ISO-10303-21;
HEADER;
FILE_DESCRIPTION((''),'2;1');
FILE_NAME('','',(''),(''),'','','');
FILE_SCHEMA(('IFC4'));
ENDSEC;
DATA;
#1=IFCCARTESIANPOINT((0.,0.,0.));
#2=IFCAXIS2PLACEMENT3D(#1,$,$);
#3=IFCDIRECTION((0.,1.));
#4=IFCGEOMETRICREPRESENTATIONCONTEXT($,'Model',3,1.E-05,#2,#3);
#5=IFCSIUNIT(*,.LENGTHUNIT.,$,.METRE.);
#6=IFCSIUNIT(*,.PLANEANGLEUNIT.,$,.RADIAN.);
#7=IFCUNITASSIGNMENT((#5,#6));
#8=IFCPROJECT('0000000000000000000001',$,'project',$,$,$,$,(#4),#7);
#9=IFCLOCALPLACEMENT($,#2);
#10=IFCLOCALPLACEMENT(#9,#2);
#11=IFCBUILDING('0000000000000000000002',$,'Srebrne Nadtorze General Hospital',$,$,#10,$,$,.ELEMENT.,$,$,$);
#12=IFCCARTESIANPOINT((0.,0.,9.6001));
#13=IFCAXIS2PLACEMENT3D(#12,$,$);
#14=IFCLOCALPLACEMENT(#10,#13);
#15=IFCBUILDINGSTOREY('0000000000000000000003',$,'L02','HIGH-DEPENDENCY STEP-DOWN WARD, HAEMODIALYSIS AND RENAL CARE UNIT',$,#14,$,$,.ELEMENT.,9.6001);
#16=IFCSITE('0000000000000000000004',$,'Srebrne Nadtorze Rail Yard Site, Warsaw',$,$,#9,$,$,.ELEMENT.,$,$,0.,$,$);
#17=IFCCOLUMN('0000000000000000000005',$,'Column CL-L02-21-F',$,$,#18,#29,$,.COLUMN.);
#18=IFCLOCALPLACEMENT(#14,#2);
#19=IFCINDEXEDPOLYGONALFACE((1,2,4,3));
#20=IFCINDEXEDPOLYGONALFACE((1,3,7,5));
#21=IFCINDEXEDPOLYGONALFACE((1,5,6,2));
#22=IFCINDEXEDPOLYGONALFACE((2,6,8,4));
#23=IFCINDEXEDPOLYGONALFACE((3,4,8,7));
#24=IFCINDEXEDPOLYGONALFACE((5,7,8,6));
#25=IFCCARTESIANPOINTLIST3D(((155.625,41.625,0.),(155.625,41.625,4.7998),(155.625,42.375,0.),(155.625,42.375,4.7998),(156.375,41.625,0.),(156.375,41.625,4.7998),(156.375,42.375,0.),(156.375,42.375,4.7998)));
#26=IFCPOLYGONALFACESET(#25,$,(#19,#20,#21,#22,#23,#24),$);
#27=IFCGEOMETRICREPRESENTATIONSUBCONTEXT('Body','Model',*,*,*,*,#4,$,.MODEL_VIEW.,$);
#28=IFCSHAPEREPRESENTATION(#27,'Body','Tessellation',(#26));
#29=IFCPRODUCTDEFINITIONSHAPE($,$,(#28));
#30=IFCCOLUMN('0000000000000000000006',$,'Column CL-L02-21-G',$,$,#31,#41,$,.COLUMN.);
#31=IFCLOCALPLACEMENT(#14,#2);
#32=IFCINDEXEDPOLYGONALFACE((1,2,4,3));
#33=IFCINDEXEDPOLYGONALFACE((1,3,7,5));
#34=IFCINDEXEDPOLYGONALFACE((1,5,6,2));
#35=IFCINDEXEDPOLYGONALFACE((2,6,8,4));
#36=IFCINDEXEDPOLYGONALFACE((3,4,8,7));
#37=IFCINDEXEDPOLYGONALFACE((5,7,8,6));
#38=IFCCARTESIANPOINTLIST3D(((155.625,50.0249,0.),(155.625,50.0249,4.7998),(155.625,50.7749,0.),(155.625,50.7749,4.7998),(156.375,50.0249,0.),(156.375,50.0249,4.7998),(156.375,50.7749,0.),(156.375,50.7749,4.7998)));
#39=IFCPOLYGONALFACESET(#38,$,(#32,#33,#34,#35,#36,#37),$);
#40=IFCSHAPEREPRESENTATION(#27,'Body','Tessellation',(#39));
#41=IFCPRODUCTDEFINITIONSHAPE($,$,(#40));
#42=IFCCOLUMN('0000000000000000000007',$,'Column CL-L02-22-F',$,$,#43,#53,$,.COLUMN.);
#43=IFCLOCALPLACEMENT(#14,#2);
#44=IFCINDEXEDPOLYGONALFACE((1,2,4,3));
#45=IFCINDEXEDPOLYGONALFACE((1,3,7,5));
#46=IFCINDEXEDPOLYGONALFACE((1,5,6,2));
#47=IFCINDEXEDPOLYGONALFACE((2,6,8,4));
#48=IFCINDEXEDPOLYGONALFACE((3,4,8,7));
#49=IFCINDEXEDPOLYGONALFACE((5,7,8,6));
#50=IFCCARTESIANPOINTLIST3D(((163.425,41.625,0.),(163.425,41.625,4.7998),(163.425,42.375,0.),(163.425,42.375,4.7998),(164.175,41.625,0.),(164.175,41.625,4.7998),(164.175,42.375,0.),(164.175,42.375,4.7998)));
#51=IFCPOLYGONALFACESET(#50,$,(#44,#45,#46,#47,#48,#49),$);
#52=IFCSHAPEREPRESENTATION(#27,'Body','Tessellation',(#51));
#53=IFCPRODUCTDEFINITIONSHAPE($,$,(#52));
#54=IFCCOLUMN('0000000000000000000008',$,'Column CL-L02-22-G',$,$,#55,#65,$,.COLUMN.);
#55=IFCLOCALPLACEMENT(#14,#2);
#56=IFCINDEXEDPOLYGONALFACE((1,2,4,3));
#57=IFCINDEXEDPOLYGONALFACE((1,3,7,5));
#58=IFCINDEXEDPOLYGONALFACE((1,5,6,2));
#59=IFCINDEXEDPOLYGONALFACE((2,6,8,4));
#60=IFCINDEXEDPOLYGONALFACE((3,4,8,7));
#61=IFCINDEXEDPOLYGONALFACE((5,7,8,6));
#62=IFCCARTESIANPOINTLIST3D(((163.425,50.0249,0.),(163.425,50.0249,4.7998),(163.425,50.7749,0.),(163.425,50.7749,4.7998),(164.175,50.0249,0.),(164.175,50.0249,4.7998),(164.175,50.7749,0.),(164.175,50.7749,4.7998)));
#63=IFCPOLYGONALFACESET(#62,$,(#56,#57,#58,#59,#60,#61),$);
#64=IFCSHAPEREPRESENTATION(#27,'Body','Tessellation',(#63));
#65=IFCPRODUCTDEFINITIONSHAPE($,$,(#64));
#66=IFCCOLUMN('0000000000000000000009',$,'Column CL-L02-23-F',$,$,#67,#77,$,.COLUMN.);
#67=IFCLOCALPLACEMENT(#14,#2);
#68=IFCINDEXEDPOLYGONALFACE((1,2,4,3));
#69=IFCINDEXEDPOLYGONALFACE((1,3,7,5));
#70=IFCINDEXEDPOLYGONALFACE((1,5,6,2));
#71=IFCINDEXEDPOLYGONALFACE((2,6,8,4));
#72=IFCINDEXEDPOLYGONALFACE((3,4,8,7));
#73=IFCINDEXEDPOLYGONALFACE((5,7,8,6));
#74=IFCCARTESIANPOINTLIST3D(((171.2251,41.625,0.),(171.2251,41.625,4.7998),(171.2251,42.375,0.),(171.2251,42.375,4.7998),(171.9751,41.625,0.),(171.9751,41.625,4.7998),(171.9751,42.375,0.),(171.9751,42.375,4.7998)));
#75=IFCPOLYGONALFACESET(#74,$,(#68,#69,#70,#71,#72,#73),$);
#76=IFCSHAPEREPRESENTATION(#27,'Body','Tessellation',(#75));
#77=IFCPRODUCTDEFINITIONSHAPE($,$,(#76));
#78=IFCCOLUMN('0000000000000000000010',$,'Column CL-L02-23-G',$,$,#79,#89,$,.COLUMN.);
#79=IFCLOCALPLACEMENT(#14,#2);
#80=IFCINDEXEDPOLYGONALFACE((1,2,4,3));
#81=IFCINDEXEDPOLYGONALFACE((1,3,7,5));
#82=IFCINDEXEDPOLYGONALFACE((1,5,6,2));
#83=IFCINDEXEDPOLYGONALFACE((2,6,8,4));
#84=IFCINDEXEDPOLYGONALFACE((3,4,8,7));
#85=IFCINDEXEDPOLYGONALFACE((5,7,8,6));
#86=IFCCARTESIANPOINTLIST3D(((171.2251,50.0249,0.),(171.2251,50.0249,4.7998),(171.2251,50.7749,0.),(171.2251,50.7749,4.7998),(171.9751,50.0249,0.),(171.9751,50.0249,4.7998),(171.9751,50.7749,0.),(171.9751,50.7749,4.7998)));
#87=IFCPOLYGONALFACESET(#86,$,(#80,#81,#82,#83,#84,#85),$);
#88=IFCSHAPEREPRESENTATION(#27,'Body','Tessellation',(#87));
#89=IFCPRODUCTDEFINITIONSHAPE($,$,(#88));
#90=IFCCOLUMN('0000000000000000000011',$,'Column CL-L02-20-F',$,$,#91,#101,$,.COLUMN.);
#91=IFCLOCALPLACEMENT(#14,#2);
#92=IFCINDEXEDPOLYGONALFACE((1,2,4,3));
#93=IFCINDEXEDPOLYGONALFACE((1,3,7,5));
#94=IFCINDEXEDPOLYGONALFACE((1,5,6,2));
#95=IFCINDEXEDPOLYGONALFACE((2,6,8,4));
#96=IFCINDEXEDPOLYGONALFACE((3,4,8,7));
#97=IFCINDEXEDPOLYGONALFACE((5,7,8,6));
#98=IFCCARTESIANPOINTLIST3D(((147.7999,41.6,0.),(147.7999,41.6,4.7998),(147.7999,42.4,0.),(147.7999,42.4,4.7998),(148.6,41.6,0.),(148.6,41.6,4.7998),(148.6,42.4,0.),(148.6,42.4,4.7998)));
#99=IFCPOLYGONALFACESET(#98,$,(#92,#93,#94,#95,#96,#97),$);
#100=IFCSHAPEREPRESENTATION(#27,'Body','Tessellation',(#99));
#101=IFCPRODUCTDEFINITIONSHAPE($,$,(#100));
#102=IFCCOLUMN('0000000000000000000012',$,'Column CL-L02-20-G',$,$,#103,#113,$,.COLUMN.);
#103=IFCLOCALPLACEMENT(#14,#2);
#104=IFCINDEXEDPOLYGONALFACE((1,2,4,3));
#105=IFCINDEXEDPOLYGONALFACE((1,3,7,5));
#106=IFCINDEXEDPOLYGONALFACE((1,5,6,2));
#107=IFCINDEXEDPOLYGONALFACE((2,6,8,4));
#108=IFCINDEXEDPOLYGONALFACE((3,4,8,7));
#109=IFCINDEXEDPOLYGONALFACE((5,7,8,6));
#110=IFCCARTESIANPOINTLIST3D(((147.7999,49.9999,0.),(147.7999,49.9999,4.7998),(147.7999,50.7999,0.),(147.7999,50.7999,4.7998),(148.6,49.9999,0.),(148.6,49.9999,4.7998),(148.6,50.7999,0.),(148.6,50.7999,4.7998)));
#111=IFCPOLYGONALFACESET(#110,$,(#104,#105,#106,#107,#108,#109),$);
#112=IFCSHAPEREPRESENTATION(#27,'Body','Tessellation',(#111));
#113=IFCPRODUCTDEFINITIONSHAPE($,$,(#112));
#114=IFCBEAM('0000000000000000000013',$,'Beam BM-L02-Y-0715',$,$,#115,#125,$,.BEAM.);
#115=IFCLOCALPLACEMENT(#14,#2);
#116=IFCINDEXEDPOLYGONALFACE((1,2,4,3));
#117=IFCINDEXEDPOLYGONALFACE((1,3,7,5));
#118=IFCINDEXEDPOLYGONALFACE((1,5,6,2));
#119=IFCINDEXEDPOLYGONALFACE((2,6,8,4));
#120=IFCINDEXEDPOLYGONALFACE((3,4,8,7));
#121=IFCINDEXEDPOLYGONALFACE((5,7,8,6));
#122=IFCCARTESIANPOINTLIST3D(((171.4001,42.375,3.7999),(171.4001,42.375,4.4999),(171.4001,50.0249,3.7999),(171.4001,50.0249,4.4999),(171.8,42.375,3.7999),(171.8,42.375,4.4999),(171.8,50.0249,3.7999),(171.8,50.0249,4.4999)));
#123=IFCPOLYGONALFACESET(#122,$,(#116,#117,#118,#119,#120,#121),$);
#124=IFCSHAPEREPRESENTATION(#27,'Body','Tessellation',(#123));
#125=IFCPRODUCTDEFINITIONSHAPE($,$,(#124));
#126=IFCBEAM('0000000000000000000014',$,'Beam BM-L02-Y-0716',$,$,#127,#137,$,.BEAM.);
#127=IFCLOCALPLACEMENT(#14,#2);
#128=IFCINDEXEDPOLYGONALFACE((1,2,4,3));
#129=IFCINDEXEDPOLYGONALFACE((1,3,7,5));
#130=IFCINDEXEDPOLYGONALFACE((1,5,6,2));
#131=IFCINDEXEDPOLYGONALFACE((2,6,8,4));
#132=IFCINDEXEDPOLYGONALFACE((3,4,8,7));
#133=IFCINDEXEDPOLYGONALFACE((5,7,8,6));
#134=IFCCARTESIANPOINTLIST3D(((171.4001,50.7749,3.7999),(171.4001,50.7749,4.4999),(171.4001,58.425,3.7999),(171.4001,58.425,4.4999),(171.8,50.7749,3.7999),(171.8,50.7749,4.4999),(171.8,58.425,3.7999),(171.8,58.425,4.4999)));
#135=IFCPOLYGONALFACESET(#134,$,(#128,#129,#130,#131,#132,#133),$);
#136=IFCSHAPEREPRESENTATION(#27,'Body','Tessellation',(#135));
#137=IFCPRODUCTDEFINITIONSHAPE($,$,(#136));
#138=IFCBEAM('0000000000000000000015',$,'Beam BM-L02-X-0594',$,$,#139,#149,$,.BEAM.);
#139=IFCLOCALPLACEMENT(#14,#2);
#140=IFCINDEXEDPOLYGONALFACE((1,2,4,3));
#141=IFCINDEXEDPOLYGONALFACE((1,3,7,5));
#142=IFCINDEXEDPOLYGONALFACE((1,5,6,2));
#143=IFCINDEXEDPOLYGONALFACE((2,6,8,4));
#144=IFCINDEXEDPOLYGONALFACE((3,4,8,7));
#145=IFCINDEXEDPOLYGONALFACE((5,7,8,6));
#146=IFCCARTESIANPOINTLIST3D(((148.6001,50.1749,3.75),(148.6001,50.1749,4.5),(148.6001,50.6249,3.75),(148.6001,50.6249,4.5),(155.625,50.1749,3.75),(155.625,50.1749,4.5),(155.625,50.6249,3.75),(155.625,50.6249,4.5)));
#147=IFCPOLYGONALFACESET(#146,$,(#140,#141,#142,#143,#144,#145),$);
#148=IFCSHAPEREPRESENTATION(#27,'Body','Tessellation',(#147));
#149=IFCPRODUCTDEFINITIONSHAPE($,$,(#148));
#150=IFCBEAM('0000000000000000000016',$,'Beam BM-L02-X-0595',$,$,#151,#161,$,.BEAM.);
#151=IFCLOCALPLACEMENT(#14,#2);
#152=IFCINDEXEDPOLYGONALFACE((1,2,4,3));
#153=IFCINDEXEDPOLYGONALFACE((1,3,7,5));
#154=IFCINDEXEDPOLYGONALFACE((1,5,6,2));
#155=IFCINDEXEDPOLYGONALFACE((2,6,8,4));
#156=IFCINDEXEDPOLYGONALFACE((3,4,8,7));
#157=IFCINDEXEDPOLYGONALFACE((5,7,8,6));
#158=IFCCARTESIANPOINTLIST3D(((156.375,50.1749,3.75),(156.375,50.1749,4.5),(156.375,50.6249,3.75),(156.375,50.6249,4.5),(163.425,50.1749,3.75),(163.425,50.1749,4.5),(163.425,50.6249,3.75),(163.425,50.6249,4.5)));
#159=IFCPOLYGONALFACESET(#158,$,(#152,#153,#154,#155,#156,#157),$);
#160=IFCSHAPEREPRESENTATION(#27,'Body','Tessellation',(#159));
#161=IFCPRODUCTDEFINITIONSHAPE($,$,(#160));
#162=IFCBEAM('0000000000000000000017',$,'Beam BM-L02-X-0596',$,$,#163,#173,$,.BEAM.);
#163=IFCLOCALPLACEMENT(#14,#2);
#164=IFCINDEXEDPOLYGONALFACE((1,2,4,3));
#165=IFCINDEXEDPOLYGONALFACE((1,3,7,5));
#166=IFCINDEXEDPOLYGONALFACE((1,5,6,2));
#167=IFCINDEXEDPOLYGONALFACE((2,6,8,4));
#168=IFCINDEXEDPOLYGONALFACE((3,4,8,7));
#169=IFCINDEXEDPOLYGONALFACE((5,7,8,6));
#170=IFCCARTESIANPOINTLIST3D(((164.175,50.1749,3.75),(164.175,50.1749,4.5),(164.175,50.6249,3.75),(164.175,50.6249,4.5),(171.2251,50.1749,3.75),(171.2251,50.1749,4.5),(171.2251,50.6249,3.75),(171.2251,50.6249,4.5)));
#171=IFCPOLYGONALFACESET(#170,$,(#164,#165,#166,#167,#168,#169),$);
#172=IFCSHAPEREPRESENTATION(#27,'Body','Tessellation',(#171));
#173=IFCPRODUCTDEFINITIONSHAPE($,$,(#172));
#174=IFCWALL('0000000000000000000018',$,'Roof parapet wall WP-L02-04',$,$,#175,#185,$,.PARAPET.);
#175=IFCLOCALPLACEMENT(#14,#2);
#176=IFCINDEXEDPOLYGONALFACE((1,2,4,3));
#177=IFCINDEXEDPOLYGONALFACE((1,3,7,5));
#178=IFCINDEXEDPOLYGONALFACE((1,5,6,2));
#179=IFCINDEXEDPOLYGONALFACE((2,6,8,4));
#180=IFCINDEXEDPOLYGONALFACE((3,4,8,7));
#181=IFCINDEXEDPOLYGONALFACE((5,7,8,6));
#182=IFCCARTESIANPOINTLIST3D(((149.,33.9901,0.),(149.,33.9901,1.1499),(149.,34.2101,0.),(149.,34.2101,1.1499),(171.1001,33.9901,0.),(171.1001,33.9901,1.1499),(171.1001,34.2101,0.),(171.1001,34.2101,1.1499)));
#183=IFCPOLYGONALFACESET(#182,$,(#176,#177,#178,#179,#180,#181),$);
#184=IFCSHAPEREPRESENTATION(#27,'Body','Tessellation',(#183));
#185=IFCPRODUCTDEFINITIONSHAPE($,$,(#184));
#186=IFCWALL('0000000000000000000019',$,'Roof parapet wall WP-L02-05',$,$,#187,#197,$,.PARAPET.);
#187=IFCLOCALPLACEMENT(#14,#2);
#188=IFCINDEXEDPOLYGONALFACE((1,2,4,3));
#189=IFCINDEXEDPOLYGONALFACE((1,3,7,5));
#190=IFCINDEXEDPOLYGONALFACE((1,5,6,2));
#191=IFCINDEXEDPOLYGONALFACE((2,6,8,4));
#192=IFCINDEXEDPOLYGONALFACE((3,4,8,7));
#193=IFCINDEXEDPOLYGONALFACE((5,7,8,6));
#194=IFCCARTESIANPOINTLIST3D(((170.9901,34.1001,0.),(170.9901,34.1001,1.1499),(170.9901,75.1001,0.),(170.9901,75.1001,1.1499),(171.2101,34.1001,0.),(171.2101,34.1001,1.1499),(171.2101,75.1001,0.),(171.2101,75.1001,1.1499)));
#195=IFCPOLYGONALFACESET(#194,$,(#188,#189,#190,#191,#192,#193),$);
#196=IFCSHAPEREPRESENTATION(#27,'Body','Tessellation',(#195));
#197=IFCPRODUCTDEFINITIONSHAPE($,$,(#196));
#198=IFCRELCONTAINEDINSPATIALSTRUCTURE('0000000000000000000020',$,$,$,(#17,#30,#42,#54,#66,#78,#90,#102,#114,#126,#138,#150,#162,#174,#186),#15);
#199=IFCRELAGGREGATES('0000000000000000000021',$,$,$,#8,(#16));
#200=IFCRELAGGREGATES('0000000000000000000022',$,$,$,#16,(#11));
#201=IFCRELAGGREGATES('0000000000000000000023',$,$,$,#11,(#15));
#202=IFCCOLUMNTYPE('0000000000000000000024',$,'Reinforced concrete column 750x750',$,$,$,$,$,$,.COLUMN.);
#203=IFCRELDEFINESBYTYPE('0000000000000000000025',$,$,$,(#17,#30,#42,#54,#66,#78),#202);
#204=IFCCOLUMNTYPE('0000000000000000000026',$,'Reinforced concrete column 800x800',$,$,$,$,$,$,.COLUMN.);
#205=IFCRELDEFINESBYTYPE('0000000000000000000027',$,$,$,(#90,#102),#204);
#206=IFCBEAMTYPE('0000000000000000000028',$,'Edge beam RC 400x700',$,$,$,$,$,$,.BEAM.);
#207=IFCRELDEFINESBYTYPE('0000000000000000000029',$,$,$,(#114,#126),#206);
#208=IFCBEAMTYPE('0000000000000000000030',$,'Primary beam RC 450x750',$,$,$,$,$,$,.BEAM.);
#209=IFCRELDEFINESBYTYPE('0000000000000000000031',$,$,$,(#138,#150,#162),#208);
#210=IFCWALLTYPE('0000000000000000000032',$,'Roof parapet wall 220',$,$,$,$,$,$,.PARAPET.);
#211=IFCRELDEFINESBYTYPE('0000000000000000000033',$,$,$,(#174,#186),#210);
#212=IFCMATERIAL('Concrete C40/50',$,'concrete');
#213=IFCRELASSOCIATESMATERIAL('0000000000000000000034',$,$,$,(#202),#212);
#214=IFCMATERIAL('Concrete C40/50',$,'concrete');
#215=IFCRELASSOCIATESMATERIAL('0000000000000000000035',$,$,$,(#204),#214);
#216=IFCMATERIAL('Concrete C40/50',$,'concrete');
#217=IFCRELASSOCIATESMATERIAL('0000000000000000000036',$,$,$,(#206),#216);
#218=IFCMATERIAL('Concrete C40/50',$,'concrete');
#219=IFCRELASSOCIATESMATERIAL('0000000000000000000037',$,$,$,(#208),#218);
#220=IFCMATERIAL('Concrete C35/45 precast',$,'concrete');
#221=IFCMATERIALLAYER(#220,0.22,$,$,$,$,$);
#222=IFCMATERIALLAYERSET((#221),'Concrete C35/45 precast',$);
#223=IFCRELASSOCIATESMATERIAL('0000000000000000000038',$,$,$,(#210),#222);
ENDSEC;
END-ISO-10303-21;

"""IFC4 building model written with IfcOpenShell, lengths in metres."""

from ifc_helpers import new_model, si_unit, direction, frame, frame_2d, origin, origin_2d, place, context, subcontext, project, spatial, rectangle, extrude, material, layer, layer_set, material_profile, profile_set, type_object, element, save


model = new_model("IFC4")

# Units and contexts
model_context = context("Model", 3, precision=1e-05, world=origin(), true_north=direction((0.0, 1.0)))
body_context = subcontext(model_context, "Body", "Model", "MODEL_VIEW")
ifc_project = project(units=[si_unit("LENGTHUNIT", "METRE"), si_unit("PLANEANGLEUNIT", "RADIAN")], contexts=[model_context])

# Site, building, storey
site_placement = place(None, origin())
site = spatial("IfcSite", under=ifc_project, at=site_placement, Name="Srebrne Nadtorze Rail Yard Site, Warsaw", CompositionType="ELEMENT", RefElevation=0.0)
building_placement = place(site_placement, origin())
building = spatial("IfcBuilding", under=site, at=building_placement, Name="Srebrne Nadtorze General Hospital", CompositionType="ELEMENT")
storey_placement = place(building_placement, frame((0.0, 0.0, 9.6001)))
storey = spatial("IfcBuildingStorey", under=building, at=storey_placement, Name="L02", Description="HIGH-DEPENDENCY STEP-DOWN WARD, HAEMODIALYSIS AND RENAL CARE UNIT", CompositionType="ELEMENT", Elevation=9.6001)

# Columns
ifc_material_1 = material(Name="Concrete C40/50", Category="concrete")
ifc_material_profile_1 = material_profile(ifc_material_1, rectangle(XDim=0.75, YDim=0.75, at=origin_2d()), Name="RC-COL-750x750")
ifc_profile_set_1 = profile_set([ifc_material_profile_1], Name="Concrete C40/50")
column_type_1 = type_object("IfcColumnType", Name="Reinforced concrete column 750x750", PredefinedType="COLUMN", material=ifc_profile_set_1)
for number, where, z_axis, x_axis, name in (
    (1, (156.0, 42.0, 0.0), (0.0, 0.0, 1.0), (1.0, 0.0, 0.0), "Column CL-L02-21-F"),
    (2, (156.0, 50.3999, 0.0), (0.0, 0.0, 1.0), (1.0, 0.0, 0.0), "Column CL-L02-21-G"),
    (3, (163.8, 42.0, 0.0), (0.0, 0.0, 1.0), (1.0, 0.0, 0.0), "Column CL-L02-22-F"),
    (4, (163.8, 50.3999, 0.0), (0.0, 0.0, 1.0), (1.0, 0.0, 0.0), "Column CL-L02-22-G"),
    (5, (171.6001, 42.0, 0.0), (0.0, 0.0, 1.0), (1.0, 0.0, 0.0), "Column CL-L02-23-F"),
    (6, (171.6001, 50.3999, 0.0), (0.0, 0.0, 1.0), (1.0, 0.0, 0.0), "Column CL-L02-23-G"),
):
    element("IfcColumn", number, at=place(storey_placement, frame(where, z_axis=z_axis, x_axis=x_axis)), inside=storey, type_object=column_type_1, Name=name, PredefinedType="COLUMN", context=body_context, shape_type="SweptSolid", body=[
        extrude(rectangle(XDim=0.75, YDim=0.75, at=origin_2d()), origin(), (0.0, 0.0, 1.0), 4.7998),
    ])
ifc_material_2 = material(Name="Concrete C40/50", Category="concrete")
ifc_material_profile_2 = material_profile(ifc_material_2, rectangle(XDim=0.8, YDim=0.8, at=origin_2d()), Name="RC-COL-800x800")
ifc_profile_set_2 = profile_set([ifc_material_profile_2], Name="Concrete C40/50")
column_type_2 = type_object("IfcColumnType", Name="Reinforced concrete column 800x800", PredefinedType="COLUMN", material=ifc_profile_set_2)
for number, where, z_axis, x_axis, name in (
    (7, (148.2, 42.0, 0.0), (0.0, 0.0, 1.0), (1.0, 0.0, 0.0), "Column CL-L02-20-F"),
    (8, (148.2, 50.3999, 0.0), (0.0, 0.0, 1.0), (1.0, 0.0, 0.0), "Column CL-L02-20-G"),
):
    element("IfcColumn", number, at=place(storey_placement, frame(where, z_axis=z_axis, x_axis=x_axis)), inside=storey, type_object=column_type_2, Name=name, PredefinedType="COLUMN", context=body_context, shape_type="SweptSolid", body=[
        extrude(rectangle(XDim=0.8, YDim=0.8, at=origin_2d()), origin(), (0.0, 0.0, 1.0), 4.7998),
    ])

# Beams
ifc_material_3 = material(Name="Concrete C40/50", Category="concrete")
ifc_material_profile_3 = material_profile(ifc_material_3, rectangle(XDim=0.3999, YDim=0.7, at=origin_2d()), Name="RC-BM-400x700")
ifc_profile_set_3 = profile_set([ifc_material_profile_3], Name="Concrete C40/50")
beam_type_1 = type_object("IfcBeamType", Name="Edge beam RC 400x700", PredefinedType="BEAM", material=ifc_profile_set_3)
beam_1_placement = place(storey_placement, frame((171.6001, 42.375, 4.1499), z_axis=(0.0, 1.0, 0.0), x_axis=(-1.0, 0.0, 0.0)))
element("IfcBeam", 9, at=beam_1_placement, inside=storey, type_object=beam_type_1, Name="Beam BM-L02-Y-0715", PredefinedType="BEAM", context=body_context, shape_type="SweptSolid", body=[
    extrude(rectangle(XDim=0.3999, YDim=0.7, at=origin_2d()), origin(), (0.0, 0.0, 1.0), 7.6499),
])
beam_2_placement = place(storey_placement, frame((171.6001, 50.7749, 4.1499), z_axis=(0.0, 1.0, 0.0), x_axis=(-1.0, 0.0, 0.0)))
element("IfcBeam", 10, at=beam_2_placement, inside=storey, type_object=beam_type_1, Name="Beam BM-L02-Y-0716", PredefinedType="BEAM", context=body_context, shape_type="SweptSolid", body=[
    extrude(rectangle(XDim=0.3999, YDim=0.7, at=origin_2d()), origin(), (0.0, 0.0, 1.0), 7.6501),
])
ifc_material_4 = material(Name="Concrete C40/50", Category="concrete")
ifc_material_profile_4 = material_profile(ifc_material_4, rectangle(XDim=0.45, YDim=0.75, at=origin_2d()), Name="RC-BM-450x750")
ifc_profile_set_4 = profile_set([ifc_material_profile_4], Name="Concrete C40/50")
beam_type_2 = type_object("IfcBeamType", Name="Primary beam RC 450x750", PredefinedType="BEAM", material=ifc_profile_set_4)
beam_3_placement = place(storey_placement, frame((148.6001, 50.3999, 4.125), z_axis=(1.0, 0.0, 0.0), x_axis=(0.0, 1.0, 0.0)))
element("IfcBeam", 11, at=beam_3_placement, inside=storey, type_object=beam_type_2, Name="Beam BM-L02-X-0594", PredefinedType="BEAM", context=body_context, shape_type="SweptSolid", body=[
    extrude(rectangle(XDim=0.45, YDim=0.75, at=origin_2d()), origin(), (0.0, 0.0, 1.0), 7.0249),
])
for number, where, z_axis, x_axis, name in (
    (12, (156.375, 50.3999, 4.125), (1.0, 0.0, 0.0), (0.0, 1.0, 0.0), "Beam BM-L02-X-0595"),
    (13, (164.175, 50.3999, 4.125), (1.0, 0.0, 0.0), (0.0, 1.0, 0.0), "Beam BM-L02-X-0596"),
):
    element("IfcBeam", number, at=place(storey_placement, frame(where, z_axis=z_axis, x_axis=x_axis)), inside=storey, type_object=beam_type_2, Name=name, PredefinedType="BEAM", context=body_context, shape_type="SweptSolid", body=[
        extrude(rectangle(XDim=0.45, YDim=0.75, at=origin_2d()), origin(), (0.0, 0.0, 1.0), 7.05),
    ])

# Walls
ifc_material_5 = material(Name="Concrete C35/45 precast", Category="concrete")
ifc_layer_1 = layer(ifc_material_5, 0.22)
ifc_layer_set_1 = layer_set([ifc_layer_1], Name="Concrete C35/45 precast")
wall_type_1 = type_object("IfcWallType", Name="Roof parapet wall 220", PredefinedType="PARAPET", material=ifc_layer_set_1)
wall_1_placement = place(storey_placement, frame((149.0, 34.1001, 0.0), z_axis=(0.0, 0.0, 1.0), x_axis=(1.0, 0.0, 0.0)))
element("IfcWall", 14, at=wall_1_placement, inside=storey, type_object=wall_type_1, Name="Roof parapet wall WP-L02-04", PredefinedType="PARAPET", context=body_context, shape_type="SweptSolid", body=[
    extrude(rectangle(XDim=22.1001, YDim=0.22, at=frame_2d((11.05, 0.0))), origin(), (0.0, 0.0, 1.0), 1.1499),
])
wall_2_placement = place(storey_placement, frame((171.1001, 34.1001, 0.0), z_axis=(0.0, 0.0, 1.0), x_axis=(0.0, 1.0, 0.0)))
element("IfcWall", 15, at=wall_2_placement, inside=storey, type_object=wall_type_1, Name="Roof parapet wall WP-L02-05", PredefinedType="PARAPET", context=body_context, shape_type="SweptSolid", body=[
    extrude(rectangle(XDim=41.0, YDim=0.22, at=frame_2d((20.5, 0.0))), origin(), (0.0, 0.0, 1.0), 1.1499),
])

save(model, "model.ifc")
